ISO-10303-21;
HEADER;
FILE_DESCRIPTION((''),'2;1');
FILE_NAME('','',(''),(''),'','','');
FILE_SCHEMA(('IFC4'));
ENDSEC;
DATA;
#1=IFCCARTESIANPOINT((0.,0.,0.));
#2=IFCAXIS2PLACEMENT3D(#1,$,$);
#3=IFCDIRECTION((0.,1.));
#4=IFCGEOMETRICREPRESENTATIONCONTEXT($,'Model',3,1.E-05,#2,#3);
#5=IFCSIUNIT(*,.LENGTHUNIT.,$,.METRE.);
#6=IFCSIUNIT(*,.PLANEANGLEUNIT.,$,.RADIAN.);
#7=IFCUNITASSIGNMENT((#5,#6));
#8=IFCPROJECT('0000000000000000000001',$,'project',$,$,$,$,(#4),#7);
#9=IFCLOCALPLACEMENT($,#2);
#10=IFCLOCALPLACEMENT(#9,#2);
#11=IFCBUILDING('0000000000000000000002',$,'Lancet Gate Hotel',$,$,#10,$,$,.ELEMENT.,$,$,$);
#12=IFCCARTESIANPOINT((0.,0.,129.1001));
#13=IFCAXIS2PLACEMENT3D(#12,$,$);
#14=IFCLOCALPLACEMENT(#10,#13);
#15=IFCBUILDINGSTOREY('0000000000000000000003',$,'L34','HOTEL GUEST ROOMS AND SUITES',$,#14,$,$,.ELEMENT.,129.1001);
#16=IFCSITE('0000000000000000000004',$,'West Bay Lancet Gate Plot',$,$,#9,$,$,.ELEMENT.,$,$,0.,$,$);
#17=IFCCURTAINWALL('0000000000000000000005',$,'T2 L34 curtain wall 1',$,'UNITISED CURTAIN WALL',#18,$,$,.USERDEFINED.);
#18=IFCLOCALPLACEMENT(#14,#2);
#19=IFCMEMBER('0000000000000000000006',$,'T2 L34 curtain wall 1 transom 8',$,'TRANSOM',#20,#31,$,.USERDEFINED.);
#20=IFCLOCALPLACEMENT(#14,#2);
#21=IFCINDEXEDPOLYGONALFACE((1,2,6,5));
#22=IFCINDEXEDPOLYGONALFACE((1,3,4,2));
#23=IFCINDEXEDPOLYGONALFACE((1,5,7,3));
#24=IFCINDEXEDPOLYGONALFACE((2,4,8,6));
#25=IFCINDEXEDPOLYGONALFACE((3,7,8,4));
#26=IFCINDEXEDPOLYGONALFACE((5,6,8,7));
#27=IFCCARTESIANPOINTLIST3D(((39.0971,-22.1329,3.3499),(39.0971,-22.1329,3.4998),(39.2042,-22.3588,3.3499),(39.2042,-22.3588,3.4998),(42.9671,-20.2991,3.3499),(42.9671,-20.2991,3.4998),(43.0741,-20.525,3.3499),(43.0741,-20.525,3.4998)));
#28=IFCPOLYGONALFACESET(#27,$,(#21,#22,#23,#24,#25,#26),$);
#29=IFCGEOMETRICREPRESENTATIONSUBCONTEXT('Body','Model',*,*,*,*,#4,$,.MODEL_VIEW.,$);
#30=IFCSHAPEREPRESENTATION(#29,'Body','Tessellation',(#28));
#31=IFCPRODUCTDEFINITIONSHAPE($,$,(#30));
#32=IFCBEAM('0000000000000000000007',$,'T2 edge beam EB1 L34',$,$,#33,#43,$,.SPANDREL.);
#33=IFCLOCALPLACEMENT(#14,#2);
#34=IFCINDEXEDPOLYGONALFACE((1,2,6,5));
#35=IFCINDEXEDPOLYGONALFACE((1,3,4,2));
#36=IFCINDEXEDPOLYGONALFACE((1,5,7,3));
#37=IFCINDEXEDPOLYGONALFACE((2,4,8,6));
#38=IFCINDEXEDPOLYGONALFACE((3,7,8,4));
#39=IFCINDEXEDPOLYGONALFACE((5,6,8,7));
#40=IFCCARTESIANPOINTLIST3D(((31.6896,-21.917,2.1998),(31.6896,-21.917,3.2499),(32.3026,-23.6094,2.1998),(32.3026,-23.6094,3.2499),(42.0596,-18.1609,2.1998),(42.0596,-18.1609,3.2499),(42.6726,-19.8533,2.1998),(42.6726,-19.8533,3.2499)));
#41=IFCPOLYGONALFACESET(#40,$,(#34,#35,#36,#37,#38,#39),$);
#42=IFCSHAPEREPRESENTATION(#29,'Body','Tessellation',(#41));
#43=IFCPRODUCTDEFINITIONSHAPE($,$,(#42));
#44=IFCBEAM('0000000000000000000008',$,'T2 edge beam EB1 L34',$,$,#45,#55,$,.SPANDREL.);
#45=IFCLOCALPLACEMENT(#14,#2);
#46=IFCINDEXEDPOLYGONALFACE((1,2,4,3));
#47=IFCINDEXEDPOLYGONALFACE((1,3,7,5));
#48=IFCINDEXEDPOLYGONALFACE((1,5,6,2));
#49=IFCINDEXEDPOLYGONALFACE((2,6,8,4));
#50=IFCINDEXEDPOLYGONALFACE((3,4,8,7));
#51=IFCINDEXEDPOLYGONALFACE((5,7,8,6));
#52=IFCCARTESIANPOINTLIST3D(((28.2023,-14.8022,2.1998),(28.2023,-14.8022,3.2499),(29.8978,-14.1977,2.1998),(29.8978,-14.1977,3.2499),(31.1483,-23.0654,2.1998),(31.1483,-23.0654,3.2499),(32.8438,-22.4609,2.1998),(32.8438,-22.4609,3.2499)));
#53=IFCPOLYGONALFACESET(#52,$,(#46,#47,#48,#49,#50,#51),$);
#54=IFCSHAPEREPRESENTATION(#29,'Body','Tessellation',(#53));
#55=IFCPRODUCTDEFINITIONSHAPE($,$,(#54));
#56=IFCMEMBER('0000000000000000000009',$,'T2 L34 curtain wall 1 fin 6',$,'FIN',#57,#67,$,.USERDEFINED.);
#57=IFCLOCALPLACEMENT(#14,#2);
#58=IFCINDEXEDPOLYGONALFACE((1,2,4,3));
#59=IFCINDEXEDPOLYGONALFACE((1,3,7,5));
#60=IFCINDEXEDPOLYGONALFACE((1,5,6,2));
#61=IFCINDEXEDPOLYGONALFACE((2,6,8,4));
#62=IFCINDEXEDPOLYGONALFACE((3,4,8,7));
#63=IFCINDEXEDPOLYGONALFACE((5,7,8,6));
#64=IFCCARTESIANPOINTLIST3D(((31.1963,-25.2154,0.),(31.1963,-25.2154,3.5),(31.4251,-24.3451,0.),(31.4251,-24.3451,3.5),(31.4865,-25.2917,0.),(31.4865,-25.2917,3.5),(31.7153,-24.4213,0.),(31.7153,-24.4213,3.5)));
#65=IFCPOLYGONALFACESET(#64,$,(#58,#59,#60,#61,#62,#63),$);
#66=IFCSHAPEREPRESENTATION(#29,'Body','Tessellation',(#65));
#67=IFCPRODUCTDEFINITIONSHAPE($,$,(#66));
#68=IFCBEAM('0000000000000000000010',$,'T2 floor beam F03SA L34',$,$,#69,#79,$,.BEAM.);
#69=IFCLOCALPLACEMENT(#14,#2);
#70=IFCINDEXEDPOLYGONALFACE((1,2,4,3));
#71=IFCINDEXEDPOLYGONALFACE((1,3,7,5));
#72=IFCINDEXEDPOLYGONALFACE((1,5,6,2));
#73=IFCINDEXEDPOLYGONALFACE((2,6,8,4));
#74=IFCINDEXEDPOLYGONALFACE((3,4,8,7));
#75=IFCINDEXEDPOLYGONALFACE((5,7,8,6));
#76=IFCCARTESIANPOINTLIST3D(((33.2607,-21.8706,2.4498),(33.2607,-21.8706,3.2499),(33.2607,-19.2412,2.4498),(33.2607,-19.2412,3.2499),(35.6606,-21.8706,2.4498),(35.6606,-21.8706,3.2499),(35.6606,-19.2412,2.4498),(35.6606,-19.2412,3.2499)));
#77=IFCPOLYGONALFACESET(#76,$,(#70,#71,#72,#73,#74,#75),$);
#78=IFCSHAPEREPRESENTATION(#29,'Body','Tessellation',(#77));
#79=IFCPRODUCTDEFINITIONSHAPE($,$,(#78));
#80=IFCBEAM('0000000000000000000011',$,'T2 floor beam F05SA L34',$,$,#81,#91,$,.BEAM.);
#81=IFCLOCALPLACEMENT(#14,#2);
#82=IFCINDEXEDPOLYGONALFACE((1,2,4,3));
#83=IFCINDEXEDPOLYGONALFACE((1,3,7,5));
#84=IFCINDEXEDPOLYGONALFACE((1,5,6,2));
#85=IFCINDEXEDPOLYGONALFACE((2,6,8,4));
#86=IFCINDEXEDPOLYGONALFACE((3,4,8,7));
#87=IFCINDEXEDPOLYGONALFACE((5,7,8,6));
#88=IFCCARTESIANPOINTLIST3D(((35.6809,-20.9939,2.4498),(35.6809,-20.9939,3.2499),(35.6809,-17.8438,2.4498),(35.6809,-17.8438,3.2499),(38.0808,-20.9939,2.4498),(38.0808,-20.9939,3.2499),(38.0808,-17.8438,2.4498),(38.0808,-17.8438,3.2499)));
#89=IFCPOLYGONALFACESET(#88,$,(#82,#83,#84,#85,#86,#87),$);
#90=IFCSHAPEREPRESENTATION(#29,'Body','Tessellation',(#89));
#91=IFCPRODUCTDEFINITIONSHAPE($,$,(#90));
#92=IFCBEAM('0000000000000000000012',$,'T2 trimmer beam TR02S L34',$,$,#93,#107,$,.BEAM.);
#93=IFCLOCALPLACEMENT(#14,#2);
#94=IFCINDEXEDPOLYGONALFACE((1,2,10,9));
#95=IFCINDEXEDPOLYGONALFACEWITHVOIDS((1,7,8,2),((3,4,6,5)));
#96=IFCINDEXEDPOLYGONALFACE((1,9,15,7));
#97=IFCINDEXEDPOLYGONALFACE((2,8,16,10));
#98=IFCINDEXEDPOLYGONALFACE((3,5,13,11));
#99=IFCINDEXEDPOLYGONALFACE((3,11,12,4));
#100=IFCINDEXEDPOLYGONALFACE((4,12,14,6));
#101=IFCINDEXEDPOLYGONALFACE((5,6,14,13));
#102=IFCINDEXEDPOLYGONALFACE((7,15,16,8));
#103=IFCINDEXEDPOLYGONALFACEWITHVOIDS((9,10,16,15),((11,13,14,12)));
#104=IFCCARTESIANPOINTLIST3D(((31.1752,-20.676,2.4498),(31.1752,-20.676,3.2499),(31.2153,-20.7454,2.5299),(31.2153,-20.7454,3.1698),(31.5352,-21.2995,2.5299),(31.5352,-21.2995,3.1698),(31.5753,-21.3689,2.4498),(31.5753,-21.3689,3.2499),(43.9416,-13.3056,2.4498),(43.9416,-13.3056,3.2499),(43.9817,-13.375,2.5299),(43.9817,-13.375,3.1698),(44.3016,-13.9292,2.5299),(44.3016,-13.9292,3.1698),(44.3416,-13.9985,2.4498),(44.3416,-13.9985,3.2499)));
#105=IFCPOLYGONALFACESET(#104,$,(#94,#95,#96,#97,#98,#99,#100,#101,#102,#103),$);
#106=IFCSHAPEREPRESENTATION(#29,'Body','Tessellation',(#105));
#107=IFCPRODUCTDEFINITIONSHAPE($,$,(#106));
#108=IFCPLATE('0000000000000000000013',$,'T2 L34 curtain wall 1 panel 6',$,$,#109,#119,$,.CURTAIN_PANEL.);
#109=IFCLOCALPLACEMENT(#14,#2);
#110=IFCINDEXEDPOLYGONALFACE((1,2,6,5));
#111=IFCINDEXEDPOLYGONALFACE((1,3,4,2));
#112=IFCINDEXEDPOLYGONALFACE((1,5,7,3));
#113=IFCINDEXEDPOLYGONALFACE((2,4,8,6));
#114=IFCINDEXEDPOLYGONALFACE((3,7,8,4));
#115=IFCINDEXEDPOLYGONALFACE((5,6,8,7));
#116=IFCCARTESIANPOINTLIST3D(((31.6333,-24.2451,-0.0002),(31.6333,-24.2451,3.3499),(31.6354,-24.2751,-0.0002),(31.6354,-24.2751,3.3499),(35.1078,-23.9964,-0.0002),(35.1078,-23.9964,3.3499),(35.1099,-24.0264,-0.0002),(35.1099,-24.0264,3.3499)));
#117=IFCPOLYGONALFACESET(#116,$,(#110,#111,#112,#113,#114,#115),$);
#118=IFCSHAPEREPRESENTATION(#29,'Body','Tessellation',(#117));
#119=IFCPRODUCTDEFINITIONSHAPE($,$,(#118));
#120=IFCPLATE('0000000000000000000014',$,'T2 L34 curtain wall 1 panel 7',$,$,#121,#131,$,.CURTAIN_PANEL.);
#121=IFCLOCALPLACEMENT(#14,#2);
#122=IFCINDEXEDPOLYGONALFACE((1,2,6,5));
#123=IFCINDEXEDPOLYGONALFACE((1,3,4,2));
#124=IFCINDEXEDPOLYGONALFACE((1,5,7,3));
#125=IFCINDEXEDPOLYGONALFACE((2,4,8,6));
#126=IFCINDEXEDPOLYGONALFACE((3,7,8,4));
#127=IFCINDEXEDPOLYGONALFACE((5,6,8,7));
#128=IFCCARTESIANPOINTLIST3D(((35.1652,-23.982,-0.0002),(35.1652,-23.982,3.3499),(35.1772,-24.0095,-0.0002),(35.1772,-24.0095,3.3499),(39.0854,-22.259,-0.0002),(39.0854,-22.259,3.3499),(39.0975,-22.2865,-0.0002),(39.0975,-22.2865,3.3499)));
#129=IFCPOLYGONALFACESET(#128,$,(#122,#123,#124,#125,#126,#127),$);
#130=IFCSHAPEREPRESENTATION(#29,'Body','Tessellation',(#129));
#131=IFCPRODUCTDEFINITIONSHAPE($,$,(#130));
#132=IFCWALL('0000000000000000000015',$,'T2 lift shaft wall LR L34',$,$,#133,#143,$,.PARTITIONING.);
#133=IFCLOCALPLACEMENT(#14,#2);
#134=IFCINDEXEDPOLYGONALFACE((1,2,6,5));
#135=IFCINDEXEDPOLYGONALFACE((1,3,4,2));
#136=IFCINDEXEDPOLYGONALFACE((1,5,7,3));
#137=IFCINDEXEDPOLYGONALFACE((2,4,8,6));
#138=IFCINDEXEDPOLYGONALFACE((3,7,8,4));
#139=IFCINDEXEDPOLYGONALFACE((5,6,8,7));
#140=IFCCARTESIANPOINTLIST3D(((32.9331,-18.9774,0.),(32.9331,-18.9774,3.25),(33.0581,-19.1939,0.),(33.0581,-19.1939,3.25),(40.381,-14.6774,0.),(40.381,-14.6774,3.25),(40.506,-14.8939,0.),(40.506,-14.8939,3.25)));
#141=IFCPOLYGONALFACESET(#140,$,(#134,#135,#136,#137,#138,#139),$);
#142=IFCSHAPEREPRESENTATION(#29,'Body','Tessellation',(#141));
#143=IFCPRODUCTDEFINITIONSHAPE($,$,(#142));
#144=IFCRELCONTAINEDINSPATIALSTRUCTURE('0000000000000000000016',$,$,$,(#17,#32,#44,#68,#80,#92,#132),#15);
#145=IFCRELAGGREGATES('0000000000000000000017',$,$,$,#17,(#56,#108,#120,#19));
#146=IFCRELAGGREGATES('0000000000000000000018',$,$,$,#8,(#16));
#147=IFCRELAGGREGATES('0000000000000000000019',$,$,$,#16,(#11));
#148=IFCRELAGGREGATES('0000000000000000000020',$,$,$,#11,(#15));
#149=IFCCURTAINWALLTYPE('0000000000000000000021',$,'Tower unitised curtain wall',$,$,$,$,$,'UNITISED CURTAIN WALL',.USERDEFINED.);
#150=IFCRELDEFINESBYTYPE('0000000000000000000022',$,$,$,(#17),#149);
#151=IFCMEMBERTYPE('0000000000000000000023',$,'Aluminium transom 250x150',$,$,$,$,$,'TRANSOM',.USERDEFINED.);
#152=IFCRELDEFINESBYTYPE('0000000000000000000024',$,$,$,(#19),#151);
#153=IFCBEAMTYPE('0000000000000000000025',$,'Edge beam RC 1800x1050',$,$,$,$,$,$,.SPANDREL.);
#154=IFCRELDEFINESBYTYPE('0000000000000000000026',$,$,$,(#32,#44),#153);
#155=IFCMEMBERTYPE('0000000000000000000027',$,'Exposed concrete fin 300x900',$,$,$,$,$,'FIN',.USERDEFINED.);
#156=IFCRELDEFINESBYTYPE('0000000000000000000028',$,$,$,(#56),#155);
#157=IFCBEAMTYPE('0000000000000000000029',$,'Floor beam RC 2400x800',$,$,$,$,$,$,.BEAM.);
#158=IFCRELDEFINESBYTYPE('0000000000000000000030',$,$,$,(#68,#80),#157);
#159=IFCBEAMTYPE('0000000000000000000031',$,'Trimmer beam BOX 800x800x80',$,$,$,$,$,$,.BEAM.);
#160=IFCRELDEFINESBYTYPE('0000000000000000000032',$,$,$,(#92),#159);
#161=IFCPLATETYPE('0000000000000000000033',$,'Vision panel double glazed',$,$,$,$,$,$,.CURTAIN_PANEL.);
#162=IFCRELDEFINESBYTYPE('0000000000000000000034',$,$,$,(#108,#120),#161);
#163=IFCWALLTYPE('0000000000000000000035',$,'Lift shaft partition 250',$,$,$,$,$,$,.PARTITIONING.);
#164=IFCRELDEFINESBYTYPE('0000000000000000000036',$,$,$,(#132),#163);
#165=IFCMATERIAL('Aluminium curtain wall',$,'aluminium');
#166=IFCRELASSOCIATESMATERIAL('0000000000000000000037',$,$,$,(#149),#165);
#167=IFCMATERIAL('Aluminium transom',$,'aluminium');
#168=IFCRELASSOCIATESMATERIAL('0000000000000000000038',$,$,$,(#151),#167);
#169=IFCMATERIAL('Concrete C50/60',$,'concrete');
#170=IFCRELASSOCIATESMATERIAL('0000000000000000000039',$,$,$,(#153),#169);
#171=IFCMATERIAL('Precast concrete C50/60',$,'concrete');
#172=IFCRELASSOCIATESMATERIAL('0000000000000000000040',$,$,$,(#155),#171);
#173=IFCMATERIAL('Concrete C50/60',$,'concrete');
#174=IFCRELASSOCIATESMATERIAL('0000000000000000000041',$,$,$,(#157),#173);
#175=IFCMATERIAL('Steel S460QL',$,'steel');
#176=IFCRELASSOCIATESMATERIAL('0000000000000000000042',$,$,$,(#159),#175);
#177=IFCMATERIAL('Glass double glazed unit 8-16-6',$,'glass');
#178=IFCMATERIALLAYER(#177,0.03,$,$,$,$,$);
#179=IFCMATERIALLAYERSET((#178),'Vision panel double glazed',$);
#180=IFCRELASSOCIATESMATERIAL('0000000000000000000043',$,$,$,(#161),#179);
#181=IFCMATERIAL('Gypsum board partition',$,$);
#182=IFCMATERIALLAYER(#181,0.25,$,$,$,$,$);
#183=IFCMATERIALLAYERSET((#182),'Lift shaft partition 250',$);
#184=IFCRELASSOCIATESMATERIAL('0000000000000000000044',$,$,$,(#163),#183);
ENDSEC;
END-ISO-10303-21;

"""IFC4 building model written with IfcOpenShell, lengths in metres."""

from ifc_helpers import new_model, si_unit, direction, frame, frame_2d, origin, origin_2d, place, context, subcontext, project, spatial, rectangle, hollow_rectangle, extrude, material, layer, layer_set, material_profile, profile_set, type_object, element, aggregate, save


model = new_model("IFC4")

# Units and contexts
model_context = context("Model", 3, precision=1e-05, world=origin(), true_north=direction((0.0, 1.0)))
body_context = subcontext(model_context, "Body", "Model", "MODEL_VIEW")
ifc_project = project(units=[si_unit("LENGTHUNIT", "METRE"), si_unit("PLANEANGLEUNIT", "RADIAN")], contexts=[model_context])

# Site, building, storey
site_placement = place(None, origin())
site = spatial("IfcSite", under=ifc_project, at=site_placement, Name="West Bay Lancet Gate Plot", CompositionType="ELEMENT", RefElevation=0.0)
building_placement = place(site_placement, origin())
building = spatial("IfcBuilding", under=site, at=building_placement, Name="Lancet Gate Hotel", CompositionType="ELEMENT")
storey_placement = place(building_placement, frame((0.0, 0.0, 129.1001)))
storey = spatial("IfcBuildingStorey", under=building, at=storey_placement, Name="L34", Description="HOTEL GUEST ROOMS AND SUITES", CompositionType="ELEMENT", Elevation=129.1001)

# Curtain wall, member
ifc_material_1 = material(Name="Aluminium curtain wall", Category="aluminium")
curtain_wall_type = type_object("IfcCurtainWallType", Name="Tower unitised curtain wall", ElementType="UNITISED CURTAIN WALL", PredefinedType="USERDEFINED", material=ifc_material_1)
curtain_wall_placement = place(storey_placement, origin())
curtain_wall = element("IfcCurtainWall", 1, at=curtain_wall_placement, inside=storey, type_object=curtain_wall_type, Name="T2 L34 curtain wall 1", ObjectType="UNITISED CURTAIN WALL", PredefinedType="USERDEFINED")
ifc_material_2 = material(Name="Aluminium transom", Category="aluminium")
ifc_material_profile_1 = material_profile(ifc_material_2, rectangle(XDim=0.25, YDim=0.1499, at=origin_2d()), Name="TRANSOM 250x150")
ifc_profile_set_1 = profile_set([ifc_material_profile_1], Name="Aluminium transom")
member_type_1 = type_object("IfcMemberType", Name="Aluminium transom 250x150", ElementType="TRANSOM", PredefinedType="USERDEFINED", material=ifc_profile_set_1)
member_1_placement = place(storey_placement, frame((39.1506, -22.2458, 3.4248), z_axis=(0.90368, 0.428209, 0.0), x_axis=(-0.428209, 0.90368, 0.0)))
member_1 = element("IfcMember", 2, at=member_1_placement, type_object=member_type_1, Name="T2 L34 curtain wall 1 transom 8", ObjectType="TRANSOM", PredefinedType="USERDEFINED", context=body_context, shape_type="SweptSolid", body=[
    extrude(rectangle(XDim=0.25, YDim=0.1499, at=origin_2d()), origin(), (0.0, 0.0, 1.0), 4.2825),
])

# Beams
ifc_material_3 = material(Name="Concrete C50/60", Category="concrete")
ifc_material_profile_2 = material_profile(ifc_material_3, rectangle(XDim=1.8, YDim=1.05, at=origin_2d()), Name="RC 1800x1050")
ifc_profile_set_2 = profile_set([ifc_material_profile_2], Name="Concrete C50/60")
beam_type_1 = type_object("IfcBeamType", Name="Edge beam RC 1800x1050", PredefinedType="SPANDREL", material=ifc_profile_set_2)
beam_1_placement = place(storey_placement, frame((31.9961, -22.7632, 2.7249), z_axis=(0.940225, 0.340554, 0.0), x_axis=(-0.340554, 0.940225, 0.0)))
element("IfcBeam", 3, at=beam_1_placement, inside=storey, type_object=beam_type_1, Name="T2 edge beam EB1 L34", PredefinedType="SPANDREL", context=body_context, shape_type="SweptSolid", body=[
    extrude(rectangle(XDim=1.8, YDim=1.05, at=origin_2d()), origin(), (0.0, 0.0, 1.0), 11.0293),
])
beam_2_placement = place(storey_placement, frame((31.9961, -22.7632, 2.7249), z_axis=(-0.335822, 0.941926, 0.0), x_axis=(-0.941926, -0.335822, 0.0)))
element("IfcBeam", 4, at=beam_2_placement, inside=storey, type_object=beam_type_1, Name="T2 edge beam EB1 L34", PredefinedType="SPANDREL", context=body_context, shape_type="SweptSolid", body=[
    extrude(rectangle(XDim=1.8, YDim=1.05, at=origin_2d()), origin(), (0.0, 0.0, 1.0), 8.7727),
])

# Member
ifc_material_4 = material(Name="Precast concrete C50/60", Category="concrete")
ifc_material_profile_3 = material_profile(ifc_material_4, rectangle(XDim=0.3, YDim=0.8999, at=origin_2d()), Name="FIN 300x900")
ifc_profile_set_3 = profile_set([ifc_material_profile_3], Name="Precast concrete C50/60")
member_type_2 = type_object("IfcMemberType", Name="Exposed concrete fin 300x900", ElementType="FIN", PredefinedType="USERDEFINED", material=ifc_profile_set_3)
member_2_placement = place(storey_placement, frame((31.4558, -24.8184, 0.0), z_axis=(0.0, 0.0, 1.0), x_axis=(0.967157, -0.254179, 0.0)))
member_2 = element("IfcMember", 5, at=member_2_placement, type_object=member_type_2, Name="T2 L34 curtain wall 1 fin 6", ObjectType="FIN", PredefinedType="USERDEFINED", context=body_context, shape_type="SweptSolid", body=[
    extrude(rectangle(XDim=0.3, YDim=0.8999, at=origin_2d()), origin(), (0.0, 0.0, 1.0), 3.5),
])

# Beams
ifc_material_5 = material(Name="Concrete C50/60", Category="concrete")
ifc_material_profile_4 = material_profile(ifc_material_5, rectangle(XDim=2.3999, YDim=0.8, at=origin_2d()), Name="RC 2400x800")
ifc_profile_set_4 = profile_set([ifc_material_profile_4], Name="Concrete C50/60")
beam_type_2 = type_object("IfcBeamType", Name="Floor beam RC 2400x800", PredefinedType="BEAM", material=ifc_profile_set_4)
beam_3_placement = place(storey_placement, frame((34.4607, -21.8706, 2.8499), z_axis=(0.0, 1.0, 0.0), x_axis=(-1.0, 0.0, 0.0)))
element("IfcBeam", 6, at=beam_3_placement, inside=storey, type_object=beam_type_2, Name="T2 floor beam F03SA L34", PredefinedType="BEAM", context=body_context, shape_type="SweptSolid", body=[
    extrude(rectangle(XDim=2.3999, YDim=0.8, at=origin_2d()), origin(), (0.0, 0.0, 1.0), 2.6294),
])
beam_4_placement = place(storey_placement, frame((36.8809, -20.9939, 2.8499), z_axis=(0.0, 1.0, 0.0), x_axis=(-1.0, 0.0, 0.0)))
element("IfcBeam", 7, at=beam_4_placement, inside=storey, type_object=beam_type_2, Name="T2 floor beam F05SA L34", PredefinedType="BEAM", context=body_context, shape_type="SweptSolid", body=[
    extrude(rectangle(XDim=2.3999, YDim=0.8, at=origin_2d()), origin(), (0.0, 0.0, 1.0), 3.1501),
])
ifc_material_6 = material(Name="Steel S460QL", Category="steel")
ifc_material_profile_5 = material_profile(ifc_material_6, hollow_rectangle(XDim=0.8, YDim=0.8, WallThickness=0.0801, at=origin_2d()), Name="BOX 800x800x80")
ifc_profile_set_5 = profile_set([ifc_material_profile_5], Name="Steel S460QL")
beam_type_3 = type_object("IfcBeamType", Name="Trimmer beam BOX 800x800x80", PredefinedType="BEAM", material=ifc_profile_set_5)
beam_5_placement = place(storey_placement, frame((31.3752, -21.0225, 2.8499), z_axis=(0.866034, 0.499985, 0.0), x_axis=(-0.499985, 0.866034, 0.0)))
element("IfcBeam", 8, at=beam_5_placement, inside=storey, type_object=beam_type_3, Name="T2 trimmer beam TR02S L34", PredefinedType="BEAM", context=body_context, shape_type="SweptSolid", body=[
    extrude(hollow_rectangle(XDim=0.8, YDim=0.8, WallThickness=0.0801, at=origin_2d()), origin(), (0.0, 0.0, 1.0), 14.7412),
])

# Plates
ifc_material_7 = material(Name="Glass double glazed unit 8-16-6", Category="glass")
ifc_layer_1 = layer(ifc_material_7, 0.03)
ifc_layer_set_1 = layer_set([ifc_layer_1], Name="Vision panel double glazed")
plate_type = type_object("IfcPlateType", Name="Vision panel double glazed", PredefinedType="CURTAIN_PANEL", material=ifc_layer_set_1)
plate_1_placement = place(storey_placement, frame((33.3716, -24.1357, -0.0002), z_axis=(0.0, 0.0, 1.0), x_axis=(0.997448, 0.07139, 0.0)))
plate_1 = element("IfcPlate", 9, at=plate_1_placement, type_object=plate_type, Name="T2 L34 curtain wall 1 panel 6", PredefinedType="CURTAIN_PANEL", context=body_context, shape_type="SweptSolid", body=[
    extrude(rectangle(XDim=3.4834, YDim=0.03, at=origin_2d()), origin(), (0.0, 0.0, 1.0), 3.3501),
])
plate_2_placement = place(storey_placement, frame((37.1313, -23.1343, -0.0002), z_axis=(0.0, 0.0, 1.0), x_axis=(0.915479, 0.402367, 0.0)))
plate_2 = element("IfcPlate", 10, at=plate_2_placement, type_object=plate_type, Name="T2 L34 curtain wall 1 panel 7", PredefinedType="CURTAIN_PANEL", context=body_context, shape_type="SweptSolid", body=[
    extrude(rectangle(XDim=4.2822, YDim=0.03, at=origin_2d()), origin(), (0.0, 0.0, 1.0), 3.3501),
])
aggregate(curtain_wall, [member_2, plate_1, plate_2, member_1])

# Wall
ifc_material_8 = material(Name="Gypsum board partition")
ifc_layer_2 = layer(ifc_material_8, 0.25)
ifc_layer_set_2 = layer_set([ifc_layer_2], Name="Lift shaft partition 250")
wall_type = type_object("IfcWallType", Name="Lift shaft partition 250", PredefinedType="PARTITIONING", material=ifc_layer_set_2)
wall_placement = place(storey_placement, frame((32.9956, -19.0857, 0.0), z_axis=(0.0, 0.0, 1.0), x_axis=(0.866028, 0.499995, 0.0)))
element("IfcWall", 11, at=wall_placement, inside=storey, type_object=wall_type, Name="T2 lift shaft wall LR L34", PredefinedType="PARTITIONING", context=body_context, shape_type="SweptSolid", body=[
    extrude(rectangle(XDim=8.6001, YDim=0.25, at=frame_2d((4.3, 0.0))), origin(), (0.0, 0.0, 1.0), 3.25),
])

save(model, "model.ifc")
